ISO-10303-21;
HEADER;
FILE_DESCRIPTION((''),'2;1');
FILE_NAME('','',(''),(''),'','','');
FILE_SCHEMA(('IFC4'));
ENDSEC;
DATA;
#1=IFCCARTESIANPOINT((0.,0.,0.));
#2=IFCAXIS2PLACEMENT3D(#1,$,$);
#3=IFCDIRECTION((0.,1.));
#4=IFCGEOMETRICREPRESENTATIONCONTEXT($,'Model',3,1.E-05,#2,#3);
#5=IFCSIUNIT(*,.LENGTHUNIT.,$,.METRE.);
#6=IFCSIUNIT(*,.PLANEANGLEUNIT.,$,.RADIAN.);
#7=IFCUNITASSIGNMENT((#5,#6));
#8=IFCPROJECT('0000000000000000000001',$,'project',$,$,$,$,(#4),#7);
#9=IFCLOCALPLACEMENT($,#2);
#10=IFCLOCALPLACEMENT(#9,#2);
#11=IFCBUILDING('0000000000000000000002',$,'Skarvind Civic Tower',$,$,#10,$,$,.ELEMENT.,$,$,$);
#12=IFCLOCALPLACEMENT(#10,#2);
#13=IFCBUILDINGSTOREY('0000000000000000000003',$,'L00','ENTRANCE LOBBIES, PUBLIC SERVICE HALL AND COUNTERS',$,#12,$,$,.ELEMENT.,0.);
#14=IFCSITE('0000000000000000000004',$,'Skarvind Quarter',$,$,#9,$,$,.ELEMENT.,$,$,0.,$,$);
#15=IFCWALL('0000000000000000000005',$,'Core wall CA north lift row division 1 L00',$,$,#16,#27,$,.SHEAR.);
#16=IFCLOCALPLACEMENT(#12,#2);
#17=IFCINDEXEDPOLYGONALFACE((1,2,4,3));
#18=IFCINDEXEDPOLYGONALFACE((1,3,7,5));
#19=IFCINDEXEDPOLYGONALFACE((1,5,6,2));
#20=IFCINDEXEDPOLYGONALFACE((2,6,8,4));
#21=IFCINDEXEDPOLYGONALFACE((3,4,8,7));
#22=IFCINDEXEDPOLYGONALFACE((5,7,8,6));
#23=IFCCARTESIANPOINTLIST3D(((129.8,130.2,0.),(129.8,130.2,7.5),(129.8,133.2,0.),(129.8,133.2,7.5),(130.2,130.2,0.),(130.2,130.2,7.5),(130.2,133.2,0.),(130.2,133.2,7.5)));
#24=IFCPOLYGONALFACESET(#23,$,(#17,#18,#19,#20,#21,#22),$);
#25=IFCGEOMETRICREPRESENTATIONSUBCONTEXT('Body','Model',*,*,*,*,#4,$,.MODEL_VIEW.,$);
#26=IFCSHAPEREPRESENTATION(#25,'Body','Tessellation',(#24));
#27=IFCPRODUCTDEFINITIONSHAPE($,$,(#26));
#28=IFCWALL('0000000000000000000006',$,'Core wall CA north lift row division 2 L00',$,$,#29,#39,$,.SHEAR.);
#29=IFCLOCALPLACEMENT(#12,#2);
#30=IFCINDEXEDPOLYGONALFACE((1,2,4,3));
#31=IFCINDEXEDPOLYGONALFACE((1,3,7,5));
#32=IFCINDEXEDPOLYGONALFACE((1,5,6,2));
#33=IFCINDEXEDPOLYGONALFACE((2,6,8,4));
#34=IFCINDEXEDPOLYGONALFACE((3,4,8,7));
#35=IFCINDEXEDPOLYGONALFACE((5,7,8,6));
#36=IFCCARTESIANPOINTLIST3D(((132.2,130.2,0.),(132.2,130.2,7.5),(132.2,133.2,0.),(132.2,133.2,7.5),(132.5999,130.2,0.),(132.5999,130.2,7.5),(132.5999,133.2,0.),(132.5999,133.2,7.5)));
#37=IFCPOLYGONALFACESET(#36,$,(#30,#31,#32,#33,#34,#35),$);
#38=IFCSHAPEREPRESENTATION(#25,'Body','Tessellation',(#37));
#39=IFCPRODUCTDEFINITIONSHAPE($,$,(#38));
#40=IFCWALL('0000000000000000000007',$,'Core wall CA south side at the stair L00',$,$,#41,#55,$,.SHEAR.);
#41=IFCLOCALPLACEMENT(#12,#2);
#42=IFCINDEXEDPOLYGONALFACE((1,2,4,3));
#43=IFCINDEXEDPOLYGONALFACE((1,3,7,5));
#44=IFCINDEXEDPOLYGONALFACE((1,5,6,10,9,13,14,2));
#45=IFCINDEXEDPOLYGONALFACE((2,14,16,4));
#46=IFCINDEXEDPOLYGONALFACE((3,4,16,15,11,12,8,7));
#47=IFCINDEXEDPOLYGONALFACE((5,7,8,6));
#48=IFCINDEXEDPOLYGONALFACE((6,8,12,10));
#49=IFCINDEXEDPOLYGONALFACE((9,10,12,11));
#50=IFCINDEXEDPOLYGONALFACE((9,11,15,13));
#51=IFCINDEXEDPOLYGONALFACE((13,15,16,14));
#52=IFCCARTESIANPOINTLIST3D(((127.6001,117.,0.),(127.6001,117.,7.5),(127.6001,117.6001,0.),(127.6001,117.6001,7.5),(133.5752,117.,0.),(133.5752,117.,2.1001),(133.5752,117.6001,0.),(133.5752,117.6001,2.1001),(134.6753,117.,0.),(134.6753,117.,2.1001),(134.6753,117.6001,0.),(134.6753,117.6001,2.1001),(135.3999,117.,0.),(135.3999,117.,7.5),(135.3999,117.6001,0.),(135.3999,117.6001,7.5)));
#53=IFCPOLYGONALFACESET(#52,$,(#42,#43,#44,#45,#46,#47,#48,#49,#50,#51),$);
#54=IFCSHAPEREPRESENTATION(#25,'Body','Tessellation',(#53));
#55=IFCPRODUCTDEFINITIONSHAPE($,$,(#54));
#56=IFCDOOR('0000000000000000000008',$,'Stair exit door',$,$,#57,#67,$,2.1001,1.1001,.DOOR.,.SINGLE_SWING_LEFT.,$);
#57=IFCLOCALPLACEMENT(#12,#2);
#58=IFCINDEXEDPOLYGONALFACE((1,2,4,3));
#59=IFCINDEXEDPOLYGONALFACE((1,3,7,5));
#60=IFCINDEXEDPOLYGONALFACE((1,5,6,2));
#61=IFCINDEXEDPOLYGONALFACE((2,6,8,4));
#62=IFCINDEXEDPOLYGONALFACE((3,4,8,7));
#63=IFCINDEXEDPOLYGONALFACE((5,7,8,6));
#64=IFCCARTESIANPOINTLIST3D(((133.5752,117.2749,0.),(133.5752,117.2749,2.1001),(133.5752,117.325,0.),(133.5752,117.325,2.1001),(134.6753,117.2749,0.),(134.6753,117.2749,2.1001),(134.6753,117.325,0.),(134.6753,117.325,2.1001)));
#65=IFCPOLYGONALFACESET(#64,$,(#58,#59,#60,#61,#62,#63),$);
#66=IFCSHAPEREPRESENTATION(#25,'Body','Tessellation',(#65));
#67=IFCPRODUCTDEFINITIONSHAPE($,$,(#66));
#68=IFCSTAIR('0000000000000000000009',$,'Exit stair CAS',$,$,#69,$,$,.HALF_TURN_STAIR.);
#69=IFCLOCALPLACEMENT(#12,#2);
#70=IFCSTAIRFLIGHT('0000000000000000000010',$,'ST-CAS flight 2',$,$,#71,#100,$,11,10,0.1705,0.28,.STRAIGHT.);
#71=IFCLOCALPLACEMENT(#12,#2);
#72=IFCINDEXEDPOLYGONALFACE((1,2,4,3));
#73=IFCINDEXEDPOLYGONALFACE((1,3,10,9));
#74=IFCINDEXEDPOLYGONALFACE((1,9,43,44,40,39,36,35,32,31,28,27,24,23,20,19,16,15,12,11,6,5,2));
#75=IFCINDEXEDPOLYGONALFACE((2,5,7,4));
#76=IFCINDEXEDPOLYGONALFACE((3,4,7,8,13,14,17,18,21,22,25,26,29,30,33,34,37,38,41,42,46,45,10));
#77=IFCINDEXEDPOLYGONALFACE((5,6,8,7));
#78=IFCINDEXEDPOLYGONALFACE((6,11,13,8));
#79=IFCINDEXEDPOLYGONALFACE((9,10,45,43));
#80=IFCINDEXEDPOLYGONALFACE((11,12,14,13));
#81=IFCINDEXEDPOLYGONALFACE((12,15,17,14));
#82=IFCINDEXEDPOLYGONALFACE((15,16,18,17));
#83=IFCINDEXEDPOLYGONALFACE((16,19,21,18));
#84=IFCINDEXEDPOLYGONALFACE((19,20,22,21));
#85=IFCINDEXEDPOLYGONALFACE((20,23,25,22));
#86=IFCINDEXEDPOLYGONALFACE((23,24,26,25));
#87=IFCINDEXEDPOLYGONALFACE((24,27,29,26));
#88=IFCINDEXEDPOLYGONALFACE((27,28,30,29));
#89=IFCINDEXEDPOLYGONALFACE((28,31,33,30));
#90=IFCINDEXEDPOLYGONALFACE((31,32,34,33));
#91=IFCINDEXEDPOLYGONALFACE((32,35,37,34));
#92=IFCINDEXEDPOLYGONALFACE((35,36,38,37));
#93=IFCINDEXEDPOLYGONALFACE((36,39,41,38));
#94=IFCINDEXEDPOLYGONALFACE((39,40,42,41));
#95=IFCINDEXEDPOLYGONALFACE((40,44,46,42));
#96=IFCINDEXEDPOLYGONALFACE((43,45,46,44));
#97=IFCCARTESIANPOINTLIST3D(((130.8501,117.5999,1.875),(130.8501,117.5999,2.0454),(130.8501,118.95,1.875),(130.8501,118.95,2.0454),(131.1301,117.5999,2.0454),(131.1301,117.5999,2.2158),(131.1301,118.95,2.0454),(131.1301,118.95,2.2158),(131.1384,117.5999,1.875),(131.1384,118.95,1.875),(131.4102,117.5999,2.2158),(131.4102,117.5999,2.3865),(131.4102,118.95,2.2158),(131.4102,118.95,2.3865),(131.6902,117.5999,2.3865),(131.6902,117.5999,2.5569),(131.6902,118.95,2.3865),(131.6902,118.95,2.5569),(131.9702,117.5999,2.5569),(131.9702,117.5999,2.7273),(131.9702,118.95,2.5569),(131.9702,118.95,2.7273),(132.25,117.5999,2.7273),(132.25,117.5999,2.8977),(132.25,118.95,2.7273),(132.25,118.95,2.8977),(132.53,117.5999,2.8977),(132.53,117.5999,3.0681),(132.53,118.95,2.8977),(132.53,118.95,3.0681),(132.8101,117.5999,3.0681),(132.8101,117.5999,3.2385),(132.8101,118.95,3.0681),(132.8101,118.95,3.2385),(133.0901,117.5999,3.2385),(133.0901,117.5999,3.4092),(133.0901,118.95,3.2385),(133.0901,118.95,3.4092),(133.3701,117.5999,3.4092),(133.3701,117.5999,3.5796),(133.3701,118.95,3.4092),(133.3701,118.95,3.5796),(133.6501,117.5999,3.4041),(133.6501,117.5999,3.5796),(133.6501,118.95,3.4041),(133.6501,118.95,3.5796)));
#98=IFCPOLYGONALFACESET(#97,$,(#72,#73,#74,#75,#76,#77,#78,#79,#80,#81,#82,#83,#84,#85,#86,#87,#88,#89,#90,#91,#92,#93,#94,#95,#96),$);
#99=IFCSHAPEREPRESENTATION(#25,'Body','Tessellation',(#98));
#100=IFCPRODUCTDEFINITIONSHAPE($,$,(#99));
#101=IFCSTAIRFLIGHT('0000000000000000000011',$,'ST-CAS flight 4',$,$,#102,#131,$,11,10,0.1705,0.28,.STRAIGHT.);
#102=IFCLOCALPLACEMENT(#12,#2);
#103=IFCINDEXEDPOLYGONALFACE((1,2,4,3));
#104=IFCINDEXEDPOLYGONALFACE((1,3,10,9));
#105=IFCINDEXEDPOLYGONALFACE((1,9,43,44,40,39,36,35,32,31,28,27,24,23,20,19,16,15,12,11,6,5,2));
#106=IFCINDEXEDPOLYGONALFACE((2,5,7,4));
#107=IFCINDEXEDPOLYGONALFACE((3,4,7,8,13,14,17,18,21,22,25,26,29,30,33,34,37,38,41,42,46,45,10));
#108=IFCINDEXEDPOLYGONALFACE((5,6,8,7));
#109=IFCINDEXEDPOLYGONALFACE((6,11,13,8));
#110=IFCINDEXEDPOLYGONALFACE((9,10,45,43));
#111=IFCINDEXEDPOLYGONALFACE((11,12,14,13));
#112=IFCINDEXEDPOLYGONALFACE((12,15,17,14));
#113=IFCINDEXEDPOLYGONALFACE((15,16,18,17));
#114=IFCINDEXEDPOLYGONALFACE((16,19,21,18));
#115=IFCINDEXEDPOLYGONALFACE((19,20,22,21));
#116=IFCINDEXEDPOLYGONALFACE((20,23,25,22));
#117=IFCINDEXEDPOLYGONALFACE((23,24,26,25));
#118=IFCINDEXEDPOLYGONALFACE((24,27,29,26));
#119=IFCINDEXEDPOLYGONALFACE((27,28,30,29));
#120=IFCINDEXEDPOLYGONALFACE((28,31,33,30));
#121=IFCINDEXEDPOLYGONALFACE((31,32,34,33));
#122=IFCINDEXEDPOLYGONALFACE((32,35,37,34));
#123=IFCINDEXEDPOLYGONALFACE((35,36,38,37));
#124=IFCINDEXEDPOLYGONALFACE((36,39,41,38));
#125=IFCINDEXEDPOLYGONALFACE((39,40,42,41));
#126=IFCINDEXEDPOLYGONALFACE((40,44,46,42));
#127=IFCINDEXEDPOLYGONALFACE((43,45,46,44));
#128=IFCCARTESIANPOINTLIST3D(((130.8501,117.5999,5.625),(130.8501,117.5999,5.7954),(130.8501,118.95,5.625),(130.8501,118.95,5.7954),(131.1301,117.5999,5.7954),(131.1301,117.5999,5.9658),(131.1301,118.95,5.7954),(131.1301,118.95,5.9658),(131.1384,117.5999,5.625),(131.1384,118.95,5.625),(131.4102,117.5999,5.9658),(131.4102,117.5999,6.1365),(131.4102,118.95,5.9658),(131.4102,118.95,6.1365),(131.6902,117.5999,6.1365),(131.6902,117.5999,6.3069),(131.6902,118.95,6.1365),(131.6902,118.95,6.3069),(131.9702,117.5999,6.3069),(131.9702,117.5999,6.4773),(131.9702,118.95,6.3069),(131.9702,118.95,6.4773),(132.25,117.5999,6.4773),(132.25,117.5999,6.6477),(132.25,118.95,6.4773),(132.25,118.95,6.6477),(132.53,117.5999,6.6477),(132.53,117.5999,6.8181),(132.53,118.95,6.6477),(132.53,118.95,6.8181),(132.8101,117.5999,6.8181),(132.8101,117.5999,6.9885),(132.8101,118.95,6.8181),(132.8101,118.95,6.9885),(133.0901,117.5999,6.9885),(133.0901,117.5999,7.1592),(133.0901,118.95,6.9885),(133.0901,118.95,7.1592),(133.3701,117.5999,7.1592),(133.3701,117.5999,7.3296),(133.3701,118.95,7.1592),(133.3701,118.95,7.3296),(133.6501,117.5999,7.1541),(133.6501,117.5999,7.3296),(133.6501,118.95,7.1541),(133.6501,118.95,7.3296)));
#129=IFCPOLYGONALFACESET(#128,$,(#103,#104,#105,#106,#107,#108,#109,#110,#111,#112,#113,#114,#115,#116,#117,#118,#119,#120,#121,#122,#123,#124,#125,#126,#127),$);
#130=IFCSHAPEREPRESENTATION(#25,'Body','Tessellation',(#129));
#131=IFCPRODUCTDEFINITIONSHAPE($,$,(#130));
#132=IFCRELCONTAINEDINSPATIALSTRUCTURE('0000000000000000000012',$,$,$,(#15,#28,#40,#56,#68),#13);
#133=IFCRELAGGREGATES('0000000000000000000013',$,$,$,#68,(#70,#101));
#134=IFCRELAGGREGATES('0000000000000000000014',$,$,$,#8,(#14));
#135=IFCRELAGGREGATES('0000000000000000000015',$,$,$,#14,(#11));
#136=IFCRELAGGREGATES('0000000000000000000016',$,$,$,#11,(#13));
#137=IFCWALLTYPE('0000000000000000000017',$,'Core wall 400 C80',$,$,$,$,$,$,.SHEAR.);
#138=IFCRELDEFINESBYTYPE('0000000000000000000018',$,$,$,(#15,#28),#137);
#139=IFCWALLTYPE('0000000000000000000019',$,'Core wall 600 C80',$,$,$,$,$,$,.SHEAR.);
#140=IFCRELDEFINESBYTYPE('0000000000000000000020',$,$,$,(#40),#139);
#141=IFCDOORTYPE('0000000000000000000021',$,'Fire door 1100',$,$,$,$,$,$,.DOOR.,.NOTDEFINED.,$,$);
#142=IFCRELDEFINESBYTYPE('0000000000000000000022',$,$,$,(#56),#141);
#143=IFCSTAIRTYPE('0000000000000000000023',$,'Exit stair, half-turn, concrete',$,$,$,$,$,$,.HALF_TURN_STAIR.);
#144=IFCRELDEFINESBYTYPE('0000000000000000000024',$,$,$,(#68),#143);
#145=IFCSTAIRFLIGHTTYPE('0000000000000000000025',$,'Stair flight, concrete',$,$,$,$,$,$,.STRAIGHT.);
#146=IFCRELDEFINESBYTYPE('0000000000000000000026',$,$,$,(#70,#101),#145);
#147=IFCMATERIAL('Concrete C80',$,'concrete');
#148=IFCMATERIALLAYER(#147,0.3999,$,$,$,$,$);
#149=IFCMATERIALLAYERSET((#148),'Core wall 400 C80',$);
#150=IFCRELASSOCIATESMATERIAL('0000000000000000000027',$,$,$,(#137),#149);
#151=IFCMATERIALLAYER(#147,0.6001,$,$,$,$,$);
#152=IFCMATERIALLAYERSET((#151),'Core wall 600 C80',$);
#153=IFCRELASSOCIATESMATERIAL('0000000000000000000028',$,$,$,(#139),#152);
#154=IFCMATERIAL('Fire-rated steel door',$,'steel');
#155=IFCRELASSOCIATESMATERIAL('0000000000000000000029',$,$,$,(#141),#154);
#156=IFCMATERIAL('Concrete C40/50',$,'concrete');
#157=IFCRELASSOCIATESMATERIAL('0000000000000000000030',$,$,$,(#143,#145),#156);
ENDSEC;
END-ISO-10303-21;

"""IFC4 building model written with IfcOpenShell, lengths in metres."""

from ifc_helpers import new_model, si_unit, direction, frame, frame_2d, origin, place, context, subcontext, project, spatial, polyline, rectangle, outline, extrude, material, layer, layer_set, type_object, element, fill, aggregate, save


model = new_model("IFC4")

# Units and contexts
model_context = context("Model", 3, precision=1e-05, world=origin(), true_north=direction((0.0, 1.0)))
body_context = subcontext(model_context, "Body", "Model", "MODEL_VIEW")
ifc_project = project(units=[si_unit("LENGTHUNIT", "METRE"), si_unit("PLANEANGLEUNIT", "RADIAN")], contexts=[model_context])

# Site, building, storey
site_placement = place(None, origin())
site = spatial("IfcSite", under=ifc_project, at=site_placement, Name="Skarvind Quarter", CompositionType="ELEMENT", RefElevation=0.0)
building_placement = place(site_placement, origin())
building = spatial("IfcBuilding", under=site, at=building_placement, Name="Skarvind Civic Tower", CompositionType="ELEMENT")
storey_placement = place(building_placement, origin())
storey = spatial("IfcBuildingStorey", under=building, at=storey_placement, Name="L00", Description="ENTRANCE LOBBIES, PUBLIC SERVICE HALL AND COUNTERS", CompositionType="ELEMENT", Elevation=0.0)

# Shared definitions
ifc_material_1 = material(Name="Concrete C80", Category="concrete")
ifc_layer_1 = layer(ifc_material_1, 0.3999)
ifc_layer_set_1 = layer_set([ifc_layer_1], Name="Core wall 400 C80")
wall_type_1 = type_object("IfcWallType", Name="Core wall 400 C80", PredefinedType="SHEAR", material=ifc_layer_set_1)

# Walls
for number, where, z_axis, x_axis, name in (
    (1, (130.0, 130.2, 0.0), (0.0, 0.0, 1.0), (0.0, 1.0, 0.0), "Core wall CA north lift row division 1 L00"),
    (2, (132.3999, 130.2, 0.0), (0.0, 0.0, 1.0), (0.0, 1.0, 0.0), "Core wall CA north lift row division 2 L00"),
):
    element("IfcWall", number, at=place(storey_placement, frame(where, z_axis=z_axis, x_axis=x_axis)), inside=storey, type_object=wall_type_1, Name=name, PredefinedType="SHEAR", context=body_context, shape_type="SweptSolid", body=[
        extrude(rectangle(XDim=3.0, YDim=0.3999, at=frame_2d((1.5, 0.0))), origin(), (0.0, 0.0, 1.0), 7.5),
    ])

# Wall, opening, door
ifc_layer_2 = layer(ifc_material_1, 0.6001)
ifc_layer_set_2 = layer_set([ifc_layer_2], Name="Core wall 600 C80")
wall_type_2 = type_object("IfcWallType", Name="Core wall 600 C80", PredefinedType="SHEAR", material=ifc_layer_set_2)
wall_1_placement = place(storey_placement, frame((127.6001, 117.3, 0.0), z_axis=(0.0, 0.0, 1.0), x_axis=(1.0, 0.0, 0.0)))
wall_1 = element("IfcWall", 3, at=wall_1_placement, inside=storey, type_object=wall_type_2, Name="Core wall CA south side at the stair L00", PredefinedType="SHEAR", context=body_context, shape_type="SweptSolid", body=[
    extrude(rectangle(XDim=7.7998, YDim=0.6001, at=frame_2d((3.8999, 0.0))), origin(), (0.0, 0.0, 1.0), 7.5),
])
opening_1_placement = place(wall_1_placement, frame((5.9751, 0.0, 0.0)))
opening_1 = element("IfcOpeningElement", 4, at=opening_1_placement, cuts=wall_1, PredefinedType="OPENING", context=body_context, shape_type="SweptSolid", body=[
    extrude(rectangle(XDim=1.1001, YDim=2.1001, at=frame_2d((0.55, 1.05))), frame((0.0, 0.3101, 0.0), z_axis=(0.0, -1.0, 0.0), x_axis=(1.0, 0.0, 0.0)), (0.0, 0.0, 1.0), 0.6201),
])
ifc_material_2 = material(Name="Fire-rated steel door", Category="steel")
door_type_1 = type_object("IfcDoorType", Name="Fire door 1100", OperationType="NOTDEFINED", PredefinedType="DOOR", material=ifc_material_2)
door_1_placement = place(opening_1_placement, origin())
door_1 = element("IfcDoor", 5, at=door_1_placement, inside=storey, type_object=door_type_1, Name="Stair exit door", OperationType="SINGLE_SWING_LEFT", OverallHeight=2.1001, OverallWidth=1.1001, PredefinedType="DOOR", context=body_context, shape_type="SweptSolid", body=[
    extrude(rectangle(XDim=1.1001, YDim=2.1001, at=frame_2d((0.55, 1.05))), frame((0.0, 0.0249, 0.0), z_axis=(0.0, -1.0, 0.0), x_axis=(1.0, 0.0, 0.0)), (0.0, 0.0, 1.0), 0.05),
])
fill(opening_1, door_1)

# Stair, stair flights
ifc_material_3 = material(Name="Concrete C40/50", Category="concrete")
stair_type = type_object("IfcStairType", Name="Exit stair, half-turn, concrete", PredefinedType="HALF_TURN_STAIR", material=ifc_material_3)
stair_placement = place(storey_placement, origin())
stair = element("IfcStair", 6, at=stair_placement, inside=storey, type_object=stair_type, Name="Exit stair CAS", PredefinedType="HALF_TURN_STAIR")
stair_flight_type = type_object("IfcStairFlightType", Name="Stair flight, concrete", PredefinedType="STRAIGHT", material=ifc_material_3)
stair_flight_1_placement = place(storey_placement, frame((130.8501, 118.2749, 1.875), z_axis=(0.0, 0.0, 1.0), x_axis=(1.0, 0.0, 0.0)))
stair_flight_1 = element("IfcStairFlight", 7, at=stair_flight_1_placement, type_object=stair_flight_type, Name="ST-CAS flight 2", NumberOfRisers=11, NumberOfTreads=10, PredefinedType="STRAIGHT", RiserHeight=0.1705, TreadLength=0.28, context=body_context, shape_type="SweptSolid", body=[
    extrude(outline(polyline([(0.0, 0.0), (0.0, 0.1704), (0.28, 0.1704), (0.28, 0.3408), (0.5601, 0.3408), (0.5601, 0.5115), (0.8401, 0.5115), (0.8401, 0.6819), (1.1201, 0.6819), (1.1201, 0.8523), (1.3999, 0.8523), (1.3999, 1.0227), (1.6799, 1.0227), (1.6799, 1.1931), (1.96, 1.1931), (1.96, 1.3635), (2.24, 1.3635), (2.24, 1.5342), (2.52, 1.5342), (2.52, 1.7046), (2.8, 1.7046), (2.8, 1.875), (2.8, 1.5291), (0.2883, 0.0), (0.0, 0.0)])), frame((0.0, 0.675, 0.0), z_axis=(0.0, -1.0, 0.0), x_axis=(1.0, 0.0, 0.0)), (0.0, 0.0, 1.0), 1.3501),
])
stair_flight_2_placement = place(storey_placement, frame((130.8501, 118.2749, 5.625), z_axis=(0.0, 0.0, 1.0), x_axis=(1.0, 0.0, 0.0)))
stair_flight_2 = element("IfcStairFlight", 8, at=stair_flight_2_placement, type_object=stair_flight_type, Name="ST-CAS flight 4", NumberOfRisers=11, NumberOfTreads=10, PredefinedType="STRAIGHT", RiserHeight=0.1705, TreadLength=0.28, context=body_context, shape_type="SweptSolid", body=[
    extrude(outline(polyline([(0.0, 0.0), (0.0, 0.1704), (0.28, 0.1704), (0.28, 0.3408), (0.5601, 0.3408), (0.5601, 0.5115), (0.8401, 0.5115), (0.8401, 0.6819), (1.1201, 0.6819), (1.1201, 0.8523), (1.3999, 0.8523), (1.3999, 1.0227), (1.6799, 1.0227), (1.6799, 1.1931), (1.96, 1.1931), (1.96, 1.3635), (2.24, 1.3635), (2.24, 1.5342), (2.52, 1.5342), (2.52, 1.7046), (2.8, 1.7046), (2.8, 1.875), (2.8, 1.5291), (0.2883, 0.0), (0.0, 0.0)])), frame((0.0, 0.675, 0.0), z_axis=(0.0, -1.0, 0.0), x_axis=(1.0, 0.0, 0.0)), (0.0, 0.0, 1.0), 1.3501),
])
aggregate(stair, [stair_flight_1, stair_flight_2])

save(model, "model.ifc")
